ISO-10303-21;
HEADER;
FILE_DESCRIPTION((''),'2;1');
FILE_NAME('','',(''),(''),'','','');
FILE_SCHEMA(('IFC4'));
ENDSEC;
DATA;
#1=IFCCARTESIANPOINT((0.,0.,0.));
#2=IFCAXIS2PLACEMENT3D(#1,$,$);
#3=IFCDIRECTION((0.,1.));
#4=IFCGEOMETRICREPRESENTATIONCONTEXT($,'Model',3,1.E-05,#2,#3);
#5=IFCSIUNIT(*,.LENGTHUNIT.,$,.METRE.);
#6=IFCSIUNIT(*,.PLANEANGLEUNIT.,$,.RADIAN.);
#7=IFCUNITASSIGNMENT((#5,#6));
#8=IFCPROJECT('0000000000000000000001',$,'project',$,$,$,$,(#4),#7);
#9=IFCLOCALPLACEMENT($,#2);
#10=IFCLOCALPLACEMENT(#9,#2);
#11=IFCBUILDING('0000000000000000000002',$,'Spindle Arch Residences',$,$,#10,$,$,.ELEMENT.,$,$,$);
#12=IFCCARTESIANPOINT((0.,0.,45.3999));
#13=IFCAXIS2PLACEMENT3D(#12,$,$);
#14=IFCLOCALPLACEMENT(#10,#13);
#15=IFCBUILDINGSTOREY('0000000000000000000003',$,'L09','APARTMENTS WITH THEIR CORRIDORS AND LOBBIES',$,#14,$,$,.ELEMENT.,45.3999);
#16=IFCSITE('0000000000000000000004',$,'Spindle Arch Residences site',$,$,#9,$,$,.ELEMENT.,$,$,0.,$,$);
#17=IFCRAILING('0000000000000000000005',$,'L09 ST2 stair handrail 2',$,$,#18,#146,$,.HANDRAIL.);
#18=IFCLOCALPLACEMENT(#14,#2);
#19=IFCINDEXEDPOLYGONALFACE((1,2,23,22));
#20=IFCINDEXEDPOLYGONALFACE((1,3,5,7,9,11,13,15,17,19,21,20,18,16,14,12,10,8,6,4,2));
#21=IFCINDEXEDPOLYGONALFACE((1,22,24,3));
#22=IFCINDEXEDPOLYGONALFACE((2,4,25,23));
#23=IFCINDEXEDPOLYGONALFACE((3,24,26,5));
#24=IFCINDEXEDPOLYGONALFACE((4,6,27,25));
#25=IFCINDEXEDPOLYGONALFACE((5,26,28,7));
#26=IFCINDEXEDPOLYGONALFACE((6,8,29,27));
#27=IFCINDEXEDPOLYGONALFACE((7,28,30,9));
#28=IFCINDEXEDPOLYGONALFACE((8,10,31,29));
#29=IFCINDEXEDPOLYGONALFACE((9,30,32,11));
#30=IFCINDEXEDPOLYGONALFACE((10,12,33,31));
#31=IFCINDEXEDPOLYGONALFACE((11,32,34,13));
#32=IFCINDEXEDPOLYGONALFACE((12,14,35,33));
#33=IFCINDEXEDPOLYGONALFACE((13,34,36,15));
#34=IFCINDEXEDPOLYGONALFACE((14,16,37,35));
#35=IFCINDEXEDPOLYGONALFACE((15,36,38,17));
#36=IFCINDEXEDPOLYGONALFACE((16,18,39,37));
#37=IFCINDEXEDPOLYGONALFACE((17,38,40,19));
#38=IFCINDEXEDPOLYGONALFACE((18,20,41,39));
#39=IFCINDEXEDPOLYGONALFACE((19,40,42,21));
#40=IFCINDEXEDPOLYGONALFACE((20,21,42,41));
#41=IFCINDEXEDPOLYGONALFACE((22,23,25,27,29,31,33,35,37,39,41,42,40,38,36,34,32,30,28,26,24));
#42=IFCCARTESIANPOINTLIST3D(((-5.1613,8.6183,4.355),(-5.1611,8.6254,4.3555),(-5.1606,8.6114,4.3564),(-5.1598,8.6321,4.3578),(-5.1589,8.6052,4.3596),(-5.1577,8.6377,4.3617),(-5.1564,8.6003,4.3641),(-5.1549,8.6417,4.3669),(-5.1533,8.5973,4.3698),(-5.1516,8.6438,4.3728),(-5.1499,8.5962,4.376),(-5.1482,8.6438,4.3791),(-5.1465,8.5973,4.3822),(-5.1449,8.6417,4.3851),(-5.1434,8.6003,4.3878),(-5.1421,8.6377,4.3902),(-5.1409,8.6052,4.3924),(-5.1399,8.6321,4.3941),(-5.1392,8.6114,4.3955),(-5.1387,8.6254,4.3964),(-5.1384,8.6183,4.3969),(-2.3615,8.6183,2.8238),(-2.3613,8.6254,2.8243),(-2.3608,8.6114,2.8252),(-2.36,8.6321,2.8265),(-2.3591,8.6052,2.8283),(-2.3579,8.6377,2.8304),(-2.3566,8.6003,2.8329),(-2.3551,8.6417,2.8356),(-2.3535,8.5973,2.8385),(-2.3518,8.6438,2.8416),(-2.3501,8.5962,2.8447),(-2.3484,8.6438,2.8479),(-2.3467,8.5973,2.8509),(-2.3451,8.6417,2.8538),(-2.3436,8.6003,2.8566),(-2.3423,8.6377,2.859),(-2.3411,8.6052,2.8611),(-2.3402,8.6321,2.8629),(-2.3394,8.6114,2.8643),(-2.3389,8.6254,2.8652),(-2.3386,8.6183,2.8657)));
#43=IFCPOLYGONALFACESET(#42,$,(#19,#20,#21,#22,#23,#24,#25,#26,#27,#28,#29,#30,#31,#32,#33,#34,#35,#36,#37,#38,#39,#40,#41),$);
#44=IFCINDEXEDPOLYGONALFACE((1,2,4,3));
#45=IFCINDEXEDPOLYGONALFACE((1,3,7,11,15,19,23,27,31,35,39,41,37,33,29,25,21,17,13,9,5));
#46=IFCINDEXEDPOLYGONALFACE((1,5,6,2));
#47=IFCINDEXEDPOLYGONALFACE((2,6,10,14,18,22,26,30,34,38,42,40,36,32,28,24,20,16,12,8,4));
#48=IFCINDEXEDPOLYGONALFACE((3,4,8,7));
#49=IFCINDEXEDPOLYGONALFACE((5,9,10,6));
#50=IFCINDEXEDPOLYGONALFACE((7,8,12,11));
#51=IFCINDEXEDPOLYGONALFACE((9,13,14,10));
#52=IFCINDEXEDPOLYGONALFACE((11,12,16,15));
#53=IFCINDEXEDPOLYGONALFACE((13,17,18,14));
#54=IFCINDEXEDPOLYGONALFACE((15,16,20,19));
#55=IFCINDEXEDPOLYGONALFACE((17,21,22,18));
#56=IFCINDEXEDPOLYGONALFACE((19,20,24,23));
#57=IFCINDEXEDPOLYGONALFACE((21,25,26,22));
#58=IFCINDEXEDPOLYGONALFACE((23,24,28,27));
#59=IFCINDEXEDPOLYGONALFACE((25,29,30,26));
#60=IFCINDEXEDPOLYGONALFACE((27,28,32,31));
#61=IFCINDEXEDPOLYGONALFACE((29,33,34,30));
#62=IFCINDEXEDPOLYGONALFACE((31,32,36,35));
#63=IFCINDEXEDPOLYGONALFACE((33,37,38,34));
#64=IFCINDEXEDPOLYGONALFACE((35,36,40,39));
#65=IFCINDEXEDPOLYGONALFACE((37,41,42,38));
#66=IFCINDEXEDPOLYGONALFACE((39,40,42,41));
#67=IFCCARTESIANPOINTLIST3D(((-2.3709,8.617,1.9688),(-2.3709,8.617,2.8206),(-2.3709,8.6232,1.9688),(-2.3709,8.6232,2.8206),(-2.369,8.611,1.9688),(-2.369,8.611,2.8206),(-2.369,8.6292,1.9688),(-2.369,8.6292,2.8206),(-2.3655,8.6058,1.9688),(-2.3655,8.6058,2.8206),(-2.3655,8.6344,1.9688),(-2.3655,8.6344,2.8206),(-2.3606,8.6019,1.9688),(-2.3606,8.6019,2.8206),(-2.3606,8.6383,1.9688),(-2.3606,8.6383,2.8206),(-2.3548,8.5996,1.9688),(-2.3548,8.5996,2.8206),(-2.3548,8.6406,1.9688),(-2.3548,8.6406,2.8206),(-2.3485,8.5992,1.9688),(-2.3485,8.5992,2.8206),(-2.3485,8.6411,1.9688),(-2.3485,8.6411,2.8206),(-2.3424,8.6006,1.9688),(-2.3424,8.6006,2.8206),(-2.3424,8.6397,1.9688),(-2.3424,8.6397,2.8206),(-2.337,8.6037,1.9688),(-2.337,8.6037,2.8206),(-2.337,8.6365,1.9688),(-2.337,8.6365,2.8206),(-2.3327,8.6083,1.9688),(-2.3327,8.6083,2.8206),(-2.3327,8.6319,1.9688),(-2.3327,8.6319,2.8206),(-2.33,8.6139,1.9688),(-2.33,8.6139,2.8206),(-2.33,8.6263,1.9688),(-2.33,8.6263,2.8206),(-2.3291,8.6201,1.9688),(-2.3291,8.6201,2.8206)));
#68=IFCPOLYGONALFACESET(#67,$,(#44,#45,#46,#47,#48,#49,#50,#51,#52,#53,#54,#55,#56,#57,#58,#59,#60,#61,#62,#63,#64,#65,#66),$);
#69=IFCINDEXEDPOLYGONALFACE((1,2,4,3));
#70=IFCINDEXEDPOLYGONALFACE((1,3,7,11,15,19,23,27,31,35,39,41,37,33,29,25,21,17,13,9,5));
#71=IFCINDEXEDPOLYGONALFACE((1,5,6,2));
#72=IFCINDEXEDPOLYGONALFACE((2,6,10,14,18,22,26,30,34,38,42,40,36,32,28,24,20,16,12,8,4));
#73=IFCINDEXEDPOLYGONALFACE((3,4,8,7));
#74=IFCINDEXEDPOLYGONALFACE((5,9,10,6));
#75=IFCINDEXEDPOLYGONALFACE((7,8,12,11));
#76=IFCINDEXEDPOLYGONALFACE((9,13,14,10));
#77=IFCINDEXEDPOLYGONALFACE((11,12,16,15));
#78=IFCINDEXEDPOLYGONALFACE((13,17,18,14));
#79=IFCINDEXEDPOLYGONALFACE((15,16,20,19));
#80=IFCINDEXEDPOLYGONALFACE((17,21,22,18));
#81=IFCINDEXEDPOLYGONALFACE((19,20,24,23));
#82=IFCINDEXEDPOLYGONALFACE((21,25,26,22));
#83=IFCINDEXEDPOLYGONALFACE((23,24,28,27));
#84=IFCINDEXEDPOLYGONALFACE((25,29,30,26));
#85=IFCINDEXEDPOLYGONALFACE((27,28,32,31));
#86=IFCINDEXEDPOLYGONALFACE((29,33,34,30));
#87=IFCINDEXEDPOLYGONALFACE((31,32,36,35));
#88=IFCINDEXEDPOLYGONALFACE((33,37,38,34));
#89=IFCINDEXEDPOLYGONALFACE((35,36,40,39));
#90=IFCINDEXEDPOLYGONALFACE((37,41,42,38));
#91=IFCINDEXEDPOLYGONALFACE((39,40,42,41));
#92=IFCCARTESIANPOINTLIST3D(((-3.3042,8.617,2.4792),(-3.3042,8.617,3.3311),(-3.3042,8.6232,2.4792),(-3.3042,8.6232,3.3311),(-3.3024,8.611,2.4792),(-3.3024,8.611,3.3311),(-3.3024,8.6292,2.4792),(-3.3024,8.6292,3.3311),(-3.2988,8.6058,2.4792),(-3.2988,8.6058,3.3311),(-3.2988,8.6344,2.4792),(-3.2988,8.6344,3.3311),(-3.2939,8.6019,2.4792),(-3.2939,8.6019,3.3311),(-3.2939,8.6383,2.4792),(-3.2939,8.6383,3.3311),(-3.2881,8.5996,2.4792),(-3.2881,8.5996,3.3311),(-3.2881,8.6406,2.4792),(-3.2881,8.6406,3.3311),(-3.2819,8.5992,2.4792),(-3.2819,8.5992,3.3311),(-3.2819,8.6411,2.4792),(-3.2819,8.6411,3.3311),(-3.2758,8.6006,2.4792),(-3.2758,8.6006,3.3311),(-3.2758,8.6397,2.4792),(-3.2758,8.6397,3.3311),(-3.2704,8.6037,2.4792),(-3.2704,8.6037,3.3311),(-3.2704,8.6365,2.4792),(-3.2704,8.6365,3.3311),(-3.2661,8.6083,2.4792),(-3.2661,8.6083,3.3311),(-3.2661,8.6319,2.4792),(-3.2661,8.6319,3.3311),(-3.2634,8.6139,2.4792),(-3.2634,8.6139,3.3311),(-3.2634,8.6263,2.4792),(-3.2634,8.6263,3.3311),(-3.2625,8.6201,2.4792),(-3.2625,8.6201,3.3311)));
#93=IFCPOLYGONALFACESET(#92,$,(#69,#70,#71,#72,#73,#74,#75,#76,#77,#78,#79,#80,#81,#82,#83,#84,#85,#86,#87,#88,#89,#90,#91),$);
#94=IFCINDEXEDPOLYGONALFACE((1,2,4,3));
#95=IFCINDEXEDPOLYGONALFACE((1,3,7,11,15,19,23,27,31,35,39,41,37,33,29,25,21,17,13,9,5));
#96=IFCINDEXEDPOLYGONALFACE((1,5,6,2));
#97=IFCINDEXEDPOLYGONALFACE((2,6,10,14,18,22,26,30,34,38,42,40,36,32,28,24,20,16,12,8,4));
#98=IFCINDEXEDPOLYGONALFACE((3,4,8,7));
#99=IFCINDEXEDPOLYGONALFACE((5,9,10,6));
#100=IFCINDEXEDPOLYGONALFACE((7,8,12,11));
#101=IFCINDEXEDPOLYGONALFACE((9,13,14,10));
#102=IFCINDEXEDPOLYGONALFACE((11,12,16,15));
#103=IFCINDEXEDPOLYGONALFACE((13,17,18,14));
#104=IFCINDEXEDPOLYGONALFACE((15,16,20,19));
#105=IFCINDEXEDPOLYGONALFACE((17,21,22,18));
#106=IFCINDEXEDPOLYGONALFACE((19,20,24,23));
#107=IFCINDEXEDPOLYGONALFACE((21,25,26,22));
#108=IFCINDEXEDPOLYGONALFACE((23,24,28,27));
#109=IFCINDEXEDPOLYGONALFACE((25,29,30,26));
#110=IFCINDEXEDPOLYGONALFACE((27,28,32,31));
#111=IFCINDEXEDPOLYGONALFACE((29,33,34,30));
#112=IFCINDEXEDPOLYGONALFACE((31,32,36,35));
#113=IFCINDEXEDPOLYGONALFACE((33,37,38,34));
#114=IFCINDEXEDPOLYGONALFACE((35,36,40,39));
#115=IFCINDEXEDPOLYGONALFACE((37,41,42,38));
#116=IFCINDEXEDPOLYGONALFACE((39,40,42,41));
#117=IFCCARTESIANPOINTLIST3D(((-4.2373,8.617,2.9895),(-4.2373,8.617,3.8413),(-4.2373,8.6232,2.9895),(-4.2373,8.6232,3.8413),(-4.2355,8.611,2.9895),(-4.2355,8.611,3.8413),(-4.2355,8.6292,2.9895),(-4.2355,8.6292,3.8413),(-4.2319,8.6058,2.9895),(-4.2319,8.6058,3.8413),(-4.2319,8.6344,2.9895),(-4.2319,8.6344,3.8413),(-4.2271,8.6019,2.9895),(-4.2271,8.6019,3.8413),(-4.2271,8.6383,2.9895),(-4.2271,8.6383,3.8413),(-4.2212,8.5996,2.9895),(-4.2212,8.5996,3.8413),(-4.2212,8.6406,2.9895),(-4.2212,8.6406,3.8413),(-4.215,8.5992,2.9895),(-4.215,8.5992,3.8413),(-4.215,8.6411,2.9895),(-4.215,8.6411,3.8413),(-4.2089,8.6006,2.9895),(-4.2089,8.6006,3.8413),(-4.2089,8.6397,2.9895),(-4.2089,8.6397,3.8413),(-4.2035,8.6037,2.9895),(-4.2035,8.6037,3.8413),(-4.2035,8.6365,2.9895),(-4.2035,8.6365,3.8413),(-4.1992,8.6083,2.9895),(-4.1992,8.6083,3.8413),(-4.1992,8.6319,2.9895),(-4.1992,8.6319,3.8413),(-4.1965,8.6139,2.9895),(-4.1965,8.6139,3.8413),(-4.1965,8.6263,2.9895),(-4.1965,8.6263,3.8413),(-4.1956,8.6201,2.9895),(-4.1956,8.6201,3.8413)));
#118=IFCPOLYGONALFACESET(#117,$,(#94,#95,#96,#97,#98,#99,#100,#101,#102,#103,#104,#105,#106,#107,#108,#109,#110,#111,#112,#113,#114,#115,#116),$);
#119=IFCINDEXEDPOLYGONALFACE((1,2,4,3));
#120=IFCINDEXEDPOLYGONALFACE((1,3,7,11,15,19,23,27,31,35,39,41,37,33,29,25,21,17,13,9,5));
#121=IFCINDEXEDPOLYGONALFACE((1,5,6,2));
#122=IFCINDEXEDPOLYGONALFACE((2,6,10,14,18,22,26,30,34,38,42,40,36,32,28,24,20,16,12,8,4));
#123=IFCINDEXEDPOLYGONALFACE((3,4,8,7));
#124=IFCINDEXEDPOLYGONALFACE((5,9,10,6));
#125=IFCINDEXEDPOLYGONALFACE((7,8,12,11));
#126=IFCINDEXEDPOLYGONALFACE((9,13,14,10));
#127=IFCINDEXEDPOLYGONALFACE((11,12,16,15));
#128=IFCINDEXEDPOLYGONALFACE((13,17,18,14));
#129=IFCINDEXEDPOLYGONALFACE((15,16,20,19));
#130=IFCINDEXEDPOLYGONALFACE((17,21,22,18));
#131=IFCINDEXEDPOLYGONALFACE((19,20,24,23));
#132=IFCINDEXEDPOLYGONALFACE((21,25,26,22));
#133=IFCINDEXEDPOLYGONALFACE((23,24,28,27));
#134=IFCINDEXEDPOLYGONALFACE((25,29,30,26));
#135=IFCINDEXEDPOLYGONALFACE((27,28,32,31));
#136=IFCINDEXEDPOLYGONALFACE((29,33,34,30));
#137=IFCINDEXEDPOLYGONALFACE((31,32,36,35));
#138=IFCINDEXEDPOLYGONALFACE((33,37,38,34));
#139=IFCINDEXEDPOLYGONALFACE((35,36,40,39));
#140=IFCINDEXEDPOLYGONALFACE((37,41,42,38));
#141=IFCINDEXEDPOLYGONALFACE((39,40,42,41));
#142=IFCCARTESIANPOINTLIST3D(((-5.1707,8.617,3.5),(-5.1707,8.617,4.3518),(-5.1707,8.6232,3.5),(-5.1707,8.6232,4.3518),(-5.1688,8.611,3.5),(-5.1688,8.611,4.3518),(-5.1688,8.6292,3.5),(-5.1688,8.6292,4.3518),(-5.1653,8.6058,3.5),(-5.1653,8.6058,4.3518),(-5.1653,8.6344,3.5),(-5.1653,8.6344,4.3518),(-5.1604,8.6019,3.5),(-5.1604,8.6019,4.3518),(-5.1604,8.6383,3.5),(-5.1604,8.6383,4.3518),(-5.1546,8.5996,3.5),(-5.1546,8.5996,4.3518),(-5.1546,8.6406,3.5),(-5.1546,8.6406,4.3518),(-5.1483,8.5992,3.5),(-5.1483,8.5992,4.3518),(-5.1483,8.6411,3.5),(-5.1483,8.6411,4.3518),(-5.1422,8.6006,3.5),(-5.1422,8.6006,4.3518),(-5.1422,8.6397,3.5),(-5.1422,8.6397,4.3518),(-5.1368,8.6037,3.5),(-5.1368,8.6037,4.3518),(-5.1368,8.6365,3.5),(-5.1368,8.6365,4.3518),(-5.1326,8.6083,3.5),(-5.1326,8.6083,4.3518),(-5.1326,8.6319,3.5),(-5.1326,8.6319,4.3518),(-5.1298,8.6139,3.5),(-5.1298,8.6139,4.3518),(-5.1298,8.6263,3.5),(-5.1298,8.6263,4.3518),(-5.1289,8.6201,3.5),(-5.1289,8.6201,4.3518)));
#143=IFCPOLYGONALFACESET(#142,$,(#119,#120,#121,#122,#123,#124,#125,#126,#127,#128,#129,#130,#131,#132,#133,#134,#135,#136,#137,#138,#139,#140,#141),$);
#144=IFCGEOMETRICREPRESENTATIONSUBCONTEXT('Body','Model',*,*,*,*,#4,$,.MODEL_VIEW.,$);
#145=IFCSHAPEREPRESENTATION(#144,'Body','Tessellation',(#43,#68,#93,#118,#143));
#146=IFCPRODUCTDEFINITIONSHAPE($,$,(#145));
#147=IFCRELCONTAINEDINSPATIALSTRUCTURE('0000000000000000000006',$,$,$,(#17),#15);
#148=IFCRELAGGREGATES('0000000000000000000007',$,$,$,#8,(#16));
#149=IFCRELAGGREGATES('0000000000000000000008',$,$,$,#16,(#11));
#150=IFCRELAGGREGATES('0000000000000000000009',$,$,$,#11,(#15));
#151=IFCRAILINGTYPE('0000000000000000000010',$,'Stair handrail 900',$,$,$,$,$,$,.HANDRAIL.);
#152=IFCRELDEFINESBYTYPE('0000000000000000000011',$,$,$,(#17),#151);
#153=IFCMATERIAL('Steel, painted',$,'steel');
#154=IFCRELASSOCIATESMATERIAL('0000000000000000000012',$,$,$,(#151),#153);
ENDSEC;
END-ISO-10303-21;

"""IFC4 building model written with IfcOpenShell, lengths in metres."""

from ifc_helpers import new_model, si_unit, direction, frame, origin, origin_2d, place, context, subcontext, project, spatial, circle, extrude, material, type_object, element, save


model = new_model("IFC4")

# Units and contexts
model_context = context("Model", 3, precision=1e-05, world=origin(), true_north=direction((0.0, 1.0)))
body_context = subcontext(model_context, "Body", "Model", "MODEL_VIEW")
ifc_project = project(units=[si_unit("LENGTHUNIT", "METRE"), si_unit("PLANEANGLEUNIT", "RADIAN")], contexts=[model_context])

# Site, building, storey
site_placement = place(None, origin())
site = spatial("IfcSite", under=ifc_project, at=site_placement, Name="Spindle Arch Residences site", CompositionType="ELEMENT", RefElevation=0.0)
building_placement = place(site_placement, origin())
building = spatial("IfcBuilding", under=site, at=building_placement, Name="Spindle Arch Residences", CompositionType="ELEMENT")
storey_placement = place(building_placement, frame((0.0, 0.0, 45.3999)))
storey = spatial("IfcBuildingStorey", under=building, at=storey_placement, Name="L09", Description="APARTMENTS WITH THEIR CORRIDORS AND LOBBIES", CompositionType="ELEMENT", Elevation=45.3999)

# Railing
ifc_material_1 = material(Name="Steel, painted", Category="steel")
railing_type_1 = type_object("IfcRailingType", Name="Stair handrail 900", PredefinedType="HANDRAIL", material=ifc_material_1)
railing_1_placement = place(storey_placement, frame((-2.3501, 8.6201, 1.9688)))
element("IfcRailing", 1, at=railing_1_placement, inside=storey, type_object=railing_type_1, Name="L09 ST2 stair handrail 2", PredefinedType="HANDRAIL", context=body_context, shape_type="SweptSolid", body=[
    extrude(circle(Radius=0.0239, at=origin_2d()), frame((0.0, 0.0, 0.876), z_axis=(-0.877357, 0.0, 0.479838), x_axis=(0.0, -1.0, 0.0)), (0.0, 0.0, 1.0), 3.1912),
    extrude(circle(Radius=0.021, at=origin_2d()), origin(), (0.0, 0.0, 1.0), 0.8518),
    extrude(circle(Radius=0.021, at=origin_2d()), frame((-0.9333, 0.0, 0.5105)), (0.0, 0.0, 1.0), 0.8518),
    extrude(circle(Radius=0.021, at=origin_2d()), frame((-1.8665, 0.0, 1.0208)), (0.0, 0.0, 1.0), 0.8518),
    extrude(circle(Radius=0.021, at=origin_2d()), frame((-2.7998, 0.0, 1.5312)), (0.0, 0.0, 1.0), 0.8518),
])

save(model, "model.ifc")
